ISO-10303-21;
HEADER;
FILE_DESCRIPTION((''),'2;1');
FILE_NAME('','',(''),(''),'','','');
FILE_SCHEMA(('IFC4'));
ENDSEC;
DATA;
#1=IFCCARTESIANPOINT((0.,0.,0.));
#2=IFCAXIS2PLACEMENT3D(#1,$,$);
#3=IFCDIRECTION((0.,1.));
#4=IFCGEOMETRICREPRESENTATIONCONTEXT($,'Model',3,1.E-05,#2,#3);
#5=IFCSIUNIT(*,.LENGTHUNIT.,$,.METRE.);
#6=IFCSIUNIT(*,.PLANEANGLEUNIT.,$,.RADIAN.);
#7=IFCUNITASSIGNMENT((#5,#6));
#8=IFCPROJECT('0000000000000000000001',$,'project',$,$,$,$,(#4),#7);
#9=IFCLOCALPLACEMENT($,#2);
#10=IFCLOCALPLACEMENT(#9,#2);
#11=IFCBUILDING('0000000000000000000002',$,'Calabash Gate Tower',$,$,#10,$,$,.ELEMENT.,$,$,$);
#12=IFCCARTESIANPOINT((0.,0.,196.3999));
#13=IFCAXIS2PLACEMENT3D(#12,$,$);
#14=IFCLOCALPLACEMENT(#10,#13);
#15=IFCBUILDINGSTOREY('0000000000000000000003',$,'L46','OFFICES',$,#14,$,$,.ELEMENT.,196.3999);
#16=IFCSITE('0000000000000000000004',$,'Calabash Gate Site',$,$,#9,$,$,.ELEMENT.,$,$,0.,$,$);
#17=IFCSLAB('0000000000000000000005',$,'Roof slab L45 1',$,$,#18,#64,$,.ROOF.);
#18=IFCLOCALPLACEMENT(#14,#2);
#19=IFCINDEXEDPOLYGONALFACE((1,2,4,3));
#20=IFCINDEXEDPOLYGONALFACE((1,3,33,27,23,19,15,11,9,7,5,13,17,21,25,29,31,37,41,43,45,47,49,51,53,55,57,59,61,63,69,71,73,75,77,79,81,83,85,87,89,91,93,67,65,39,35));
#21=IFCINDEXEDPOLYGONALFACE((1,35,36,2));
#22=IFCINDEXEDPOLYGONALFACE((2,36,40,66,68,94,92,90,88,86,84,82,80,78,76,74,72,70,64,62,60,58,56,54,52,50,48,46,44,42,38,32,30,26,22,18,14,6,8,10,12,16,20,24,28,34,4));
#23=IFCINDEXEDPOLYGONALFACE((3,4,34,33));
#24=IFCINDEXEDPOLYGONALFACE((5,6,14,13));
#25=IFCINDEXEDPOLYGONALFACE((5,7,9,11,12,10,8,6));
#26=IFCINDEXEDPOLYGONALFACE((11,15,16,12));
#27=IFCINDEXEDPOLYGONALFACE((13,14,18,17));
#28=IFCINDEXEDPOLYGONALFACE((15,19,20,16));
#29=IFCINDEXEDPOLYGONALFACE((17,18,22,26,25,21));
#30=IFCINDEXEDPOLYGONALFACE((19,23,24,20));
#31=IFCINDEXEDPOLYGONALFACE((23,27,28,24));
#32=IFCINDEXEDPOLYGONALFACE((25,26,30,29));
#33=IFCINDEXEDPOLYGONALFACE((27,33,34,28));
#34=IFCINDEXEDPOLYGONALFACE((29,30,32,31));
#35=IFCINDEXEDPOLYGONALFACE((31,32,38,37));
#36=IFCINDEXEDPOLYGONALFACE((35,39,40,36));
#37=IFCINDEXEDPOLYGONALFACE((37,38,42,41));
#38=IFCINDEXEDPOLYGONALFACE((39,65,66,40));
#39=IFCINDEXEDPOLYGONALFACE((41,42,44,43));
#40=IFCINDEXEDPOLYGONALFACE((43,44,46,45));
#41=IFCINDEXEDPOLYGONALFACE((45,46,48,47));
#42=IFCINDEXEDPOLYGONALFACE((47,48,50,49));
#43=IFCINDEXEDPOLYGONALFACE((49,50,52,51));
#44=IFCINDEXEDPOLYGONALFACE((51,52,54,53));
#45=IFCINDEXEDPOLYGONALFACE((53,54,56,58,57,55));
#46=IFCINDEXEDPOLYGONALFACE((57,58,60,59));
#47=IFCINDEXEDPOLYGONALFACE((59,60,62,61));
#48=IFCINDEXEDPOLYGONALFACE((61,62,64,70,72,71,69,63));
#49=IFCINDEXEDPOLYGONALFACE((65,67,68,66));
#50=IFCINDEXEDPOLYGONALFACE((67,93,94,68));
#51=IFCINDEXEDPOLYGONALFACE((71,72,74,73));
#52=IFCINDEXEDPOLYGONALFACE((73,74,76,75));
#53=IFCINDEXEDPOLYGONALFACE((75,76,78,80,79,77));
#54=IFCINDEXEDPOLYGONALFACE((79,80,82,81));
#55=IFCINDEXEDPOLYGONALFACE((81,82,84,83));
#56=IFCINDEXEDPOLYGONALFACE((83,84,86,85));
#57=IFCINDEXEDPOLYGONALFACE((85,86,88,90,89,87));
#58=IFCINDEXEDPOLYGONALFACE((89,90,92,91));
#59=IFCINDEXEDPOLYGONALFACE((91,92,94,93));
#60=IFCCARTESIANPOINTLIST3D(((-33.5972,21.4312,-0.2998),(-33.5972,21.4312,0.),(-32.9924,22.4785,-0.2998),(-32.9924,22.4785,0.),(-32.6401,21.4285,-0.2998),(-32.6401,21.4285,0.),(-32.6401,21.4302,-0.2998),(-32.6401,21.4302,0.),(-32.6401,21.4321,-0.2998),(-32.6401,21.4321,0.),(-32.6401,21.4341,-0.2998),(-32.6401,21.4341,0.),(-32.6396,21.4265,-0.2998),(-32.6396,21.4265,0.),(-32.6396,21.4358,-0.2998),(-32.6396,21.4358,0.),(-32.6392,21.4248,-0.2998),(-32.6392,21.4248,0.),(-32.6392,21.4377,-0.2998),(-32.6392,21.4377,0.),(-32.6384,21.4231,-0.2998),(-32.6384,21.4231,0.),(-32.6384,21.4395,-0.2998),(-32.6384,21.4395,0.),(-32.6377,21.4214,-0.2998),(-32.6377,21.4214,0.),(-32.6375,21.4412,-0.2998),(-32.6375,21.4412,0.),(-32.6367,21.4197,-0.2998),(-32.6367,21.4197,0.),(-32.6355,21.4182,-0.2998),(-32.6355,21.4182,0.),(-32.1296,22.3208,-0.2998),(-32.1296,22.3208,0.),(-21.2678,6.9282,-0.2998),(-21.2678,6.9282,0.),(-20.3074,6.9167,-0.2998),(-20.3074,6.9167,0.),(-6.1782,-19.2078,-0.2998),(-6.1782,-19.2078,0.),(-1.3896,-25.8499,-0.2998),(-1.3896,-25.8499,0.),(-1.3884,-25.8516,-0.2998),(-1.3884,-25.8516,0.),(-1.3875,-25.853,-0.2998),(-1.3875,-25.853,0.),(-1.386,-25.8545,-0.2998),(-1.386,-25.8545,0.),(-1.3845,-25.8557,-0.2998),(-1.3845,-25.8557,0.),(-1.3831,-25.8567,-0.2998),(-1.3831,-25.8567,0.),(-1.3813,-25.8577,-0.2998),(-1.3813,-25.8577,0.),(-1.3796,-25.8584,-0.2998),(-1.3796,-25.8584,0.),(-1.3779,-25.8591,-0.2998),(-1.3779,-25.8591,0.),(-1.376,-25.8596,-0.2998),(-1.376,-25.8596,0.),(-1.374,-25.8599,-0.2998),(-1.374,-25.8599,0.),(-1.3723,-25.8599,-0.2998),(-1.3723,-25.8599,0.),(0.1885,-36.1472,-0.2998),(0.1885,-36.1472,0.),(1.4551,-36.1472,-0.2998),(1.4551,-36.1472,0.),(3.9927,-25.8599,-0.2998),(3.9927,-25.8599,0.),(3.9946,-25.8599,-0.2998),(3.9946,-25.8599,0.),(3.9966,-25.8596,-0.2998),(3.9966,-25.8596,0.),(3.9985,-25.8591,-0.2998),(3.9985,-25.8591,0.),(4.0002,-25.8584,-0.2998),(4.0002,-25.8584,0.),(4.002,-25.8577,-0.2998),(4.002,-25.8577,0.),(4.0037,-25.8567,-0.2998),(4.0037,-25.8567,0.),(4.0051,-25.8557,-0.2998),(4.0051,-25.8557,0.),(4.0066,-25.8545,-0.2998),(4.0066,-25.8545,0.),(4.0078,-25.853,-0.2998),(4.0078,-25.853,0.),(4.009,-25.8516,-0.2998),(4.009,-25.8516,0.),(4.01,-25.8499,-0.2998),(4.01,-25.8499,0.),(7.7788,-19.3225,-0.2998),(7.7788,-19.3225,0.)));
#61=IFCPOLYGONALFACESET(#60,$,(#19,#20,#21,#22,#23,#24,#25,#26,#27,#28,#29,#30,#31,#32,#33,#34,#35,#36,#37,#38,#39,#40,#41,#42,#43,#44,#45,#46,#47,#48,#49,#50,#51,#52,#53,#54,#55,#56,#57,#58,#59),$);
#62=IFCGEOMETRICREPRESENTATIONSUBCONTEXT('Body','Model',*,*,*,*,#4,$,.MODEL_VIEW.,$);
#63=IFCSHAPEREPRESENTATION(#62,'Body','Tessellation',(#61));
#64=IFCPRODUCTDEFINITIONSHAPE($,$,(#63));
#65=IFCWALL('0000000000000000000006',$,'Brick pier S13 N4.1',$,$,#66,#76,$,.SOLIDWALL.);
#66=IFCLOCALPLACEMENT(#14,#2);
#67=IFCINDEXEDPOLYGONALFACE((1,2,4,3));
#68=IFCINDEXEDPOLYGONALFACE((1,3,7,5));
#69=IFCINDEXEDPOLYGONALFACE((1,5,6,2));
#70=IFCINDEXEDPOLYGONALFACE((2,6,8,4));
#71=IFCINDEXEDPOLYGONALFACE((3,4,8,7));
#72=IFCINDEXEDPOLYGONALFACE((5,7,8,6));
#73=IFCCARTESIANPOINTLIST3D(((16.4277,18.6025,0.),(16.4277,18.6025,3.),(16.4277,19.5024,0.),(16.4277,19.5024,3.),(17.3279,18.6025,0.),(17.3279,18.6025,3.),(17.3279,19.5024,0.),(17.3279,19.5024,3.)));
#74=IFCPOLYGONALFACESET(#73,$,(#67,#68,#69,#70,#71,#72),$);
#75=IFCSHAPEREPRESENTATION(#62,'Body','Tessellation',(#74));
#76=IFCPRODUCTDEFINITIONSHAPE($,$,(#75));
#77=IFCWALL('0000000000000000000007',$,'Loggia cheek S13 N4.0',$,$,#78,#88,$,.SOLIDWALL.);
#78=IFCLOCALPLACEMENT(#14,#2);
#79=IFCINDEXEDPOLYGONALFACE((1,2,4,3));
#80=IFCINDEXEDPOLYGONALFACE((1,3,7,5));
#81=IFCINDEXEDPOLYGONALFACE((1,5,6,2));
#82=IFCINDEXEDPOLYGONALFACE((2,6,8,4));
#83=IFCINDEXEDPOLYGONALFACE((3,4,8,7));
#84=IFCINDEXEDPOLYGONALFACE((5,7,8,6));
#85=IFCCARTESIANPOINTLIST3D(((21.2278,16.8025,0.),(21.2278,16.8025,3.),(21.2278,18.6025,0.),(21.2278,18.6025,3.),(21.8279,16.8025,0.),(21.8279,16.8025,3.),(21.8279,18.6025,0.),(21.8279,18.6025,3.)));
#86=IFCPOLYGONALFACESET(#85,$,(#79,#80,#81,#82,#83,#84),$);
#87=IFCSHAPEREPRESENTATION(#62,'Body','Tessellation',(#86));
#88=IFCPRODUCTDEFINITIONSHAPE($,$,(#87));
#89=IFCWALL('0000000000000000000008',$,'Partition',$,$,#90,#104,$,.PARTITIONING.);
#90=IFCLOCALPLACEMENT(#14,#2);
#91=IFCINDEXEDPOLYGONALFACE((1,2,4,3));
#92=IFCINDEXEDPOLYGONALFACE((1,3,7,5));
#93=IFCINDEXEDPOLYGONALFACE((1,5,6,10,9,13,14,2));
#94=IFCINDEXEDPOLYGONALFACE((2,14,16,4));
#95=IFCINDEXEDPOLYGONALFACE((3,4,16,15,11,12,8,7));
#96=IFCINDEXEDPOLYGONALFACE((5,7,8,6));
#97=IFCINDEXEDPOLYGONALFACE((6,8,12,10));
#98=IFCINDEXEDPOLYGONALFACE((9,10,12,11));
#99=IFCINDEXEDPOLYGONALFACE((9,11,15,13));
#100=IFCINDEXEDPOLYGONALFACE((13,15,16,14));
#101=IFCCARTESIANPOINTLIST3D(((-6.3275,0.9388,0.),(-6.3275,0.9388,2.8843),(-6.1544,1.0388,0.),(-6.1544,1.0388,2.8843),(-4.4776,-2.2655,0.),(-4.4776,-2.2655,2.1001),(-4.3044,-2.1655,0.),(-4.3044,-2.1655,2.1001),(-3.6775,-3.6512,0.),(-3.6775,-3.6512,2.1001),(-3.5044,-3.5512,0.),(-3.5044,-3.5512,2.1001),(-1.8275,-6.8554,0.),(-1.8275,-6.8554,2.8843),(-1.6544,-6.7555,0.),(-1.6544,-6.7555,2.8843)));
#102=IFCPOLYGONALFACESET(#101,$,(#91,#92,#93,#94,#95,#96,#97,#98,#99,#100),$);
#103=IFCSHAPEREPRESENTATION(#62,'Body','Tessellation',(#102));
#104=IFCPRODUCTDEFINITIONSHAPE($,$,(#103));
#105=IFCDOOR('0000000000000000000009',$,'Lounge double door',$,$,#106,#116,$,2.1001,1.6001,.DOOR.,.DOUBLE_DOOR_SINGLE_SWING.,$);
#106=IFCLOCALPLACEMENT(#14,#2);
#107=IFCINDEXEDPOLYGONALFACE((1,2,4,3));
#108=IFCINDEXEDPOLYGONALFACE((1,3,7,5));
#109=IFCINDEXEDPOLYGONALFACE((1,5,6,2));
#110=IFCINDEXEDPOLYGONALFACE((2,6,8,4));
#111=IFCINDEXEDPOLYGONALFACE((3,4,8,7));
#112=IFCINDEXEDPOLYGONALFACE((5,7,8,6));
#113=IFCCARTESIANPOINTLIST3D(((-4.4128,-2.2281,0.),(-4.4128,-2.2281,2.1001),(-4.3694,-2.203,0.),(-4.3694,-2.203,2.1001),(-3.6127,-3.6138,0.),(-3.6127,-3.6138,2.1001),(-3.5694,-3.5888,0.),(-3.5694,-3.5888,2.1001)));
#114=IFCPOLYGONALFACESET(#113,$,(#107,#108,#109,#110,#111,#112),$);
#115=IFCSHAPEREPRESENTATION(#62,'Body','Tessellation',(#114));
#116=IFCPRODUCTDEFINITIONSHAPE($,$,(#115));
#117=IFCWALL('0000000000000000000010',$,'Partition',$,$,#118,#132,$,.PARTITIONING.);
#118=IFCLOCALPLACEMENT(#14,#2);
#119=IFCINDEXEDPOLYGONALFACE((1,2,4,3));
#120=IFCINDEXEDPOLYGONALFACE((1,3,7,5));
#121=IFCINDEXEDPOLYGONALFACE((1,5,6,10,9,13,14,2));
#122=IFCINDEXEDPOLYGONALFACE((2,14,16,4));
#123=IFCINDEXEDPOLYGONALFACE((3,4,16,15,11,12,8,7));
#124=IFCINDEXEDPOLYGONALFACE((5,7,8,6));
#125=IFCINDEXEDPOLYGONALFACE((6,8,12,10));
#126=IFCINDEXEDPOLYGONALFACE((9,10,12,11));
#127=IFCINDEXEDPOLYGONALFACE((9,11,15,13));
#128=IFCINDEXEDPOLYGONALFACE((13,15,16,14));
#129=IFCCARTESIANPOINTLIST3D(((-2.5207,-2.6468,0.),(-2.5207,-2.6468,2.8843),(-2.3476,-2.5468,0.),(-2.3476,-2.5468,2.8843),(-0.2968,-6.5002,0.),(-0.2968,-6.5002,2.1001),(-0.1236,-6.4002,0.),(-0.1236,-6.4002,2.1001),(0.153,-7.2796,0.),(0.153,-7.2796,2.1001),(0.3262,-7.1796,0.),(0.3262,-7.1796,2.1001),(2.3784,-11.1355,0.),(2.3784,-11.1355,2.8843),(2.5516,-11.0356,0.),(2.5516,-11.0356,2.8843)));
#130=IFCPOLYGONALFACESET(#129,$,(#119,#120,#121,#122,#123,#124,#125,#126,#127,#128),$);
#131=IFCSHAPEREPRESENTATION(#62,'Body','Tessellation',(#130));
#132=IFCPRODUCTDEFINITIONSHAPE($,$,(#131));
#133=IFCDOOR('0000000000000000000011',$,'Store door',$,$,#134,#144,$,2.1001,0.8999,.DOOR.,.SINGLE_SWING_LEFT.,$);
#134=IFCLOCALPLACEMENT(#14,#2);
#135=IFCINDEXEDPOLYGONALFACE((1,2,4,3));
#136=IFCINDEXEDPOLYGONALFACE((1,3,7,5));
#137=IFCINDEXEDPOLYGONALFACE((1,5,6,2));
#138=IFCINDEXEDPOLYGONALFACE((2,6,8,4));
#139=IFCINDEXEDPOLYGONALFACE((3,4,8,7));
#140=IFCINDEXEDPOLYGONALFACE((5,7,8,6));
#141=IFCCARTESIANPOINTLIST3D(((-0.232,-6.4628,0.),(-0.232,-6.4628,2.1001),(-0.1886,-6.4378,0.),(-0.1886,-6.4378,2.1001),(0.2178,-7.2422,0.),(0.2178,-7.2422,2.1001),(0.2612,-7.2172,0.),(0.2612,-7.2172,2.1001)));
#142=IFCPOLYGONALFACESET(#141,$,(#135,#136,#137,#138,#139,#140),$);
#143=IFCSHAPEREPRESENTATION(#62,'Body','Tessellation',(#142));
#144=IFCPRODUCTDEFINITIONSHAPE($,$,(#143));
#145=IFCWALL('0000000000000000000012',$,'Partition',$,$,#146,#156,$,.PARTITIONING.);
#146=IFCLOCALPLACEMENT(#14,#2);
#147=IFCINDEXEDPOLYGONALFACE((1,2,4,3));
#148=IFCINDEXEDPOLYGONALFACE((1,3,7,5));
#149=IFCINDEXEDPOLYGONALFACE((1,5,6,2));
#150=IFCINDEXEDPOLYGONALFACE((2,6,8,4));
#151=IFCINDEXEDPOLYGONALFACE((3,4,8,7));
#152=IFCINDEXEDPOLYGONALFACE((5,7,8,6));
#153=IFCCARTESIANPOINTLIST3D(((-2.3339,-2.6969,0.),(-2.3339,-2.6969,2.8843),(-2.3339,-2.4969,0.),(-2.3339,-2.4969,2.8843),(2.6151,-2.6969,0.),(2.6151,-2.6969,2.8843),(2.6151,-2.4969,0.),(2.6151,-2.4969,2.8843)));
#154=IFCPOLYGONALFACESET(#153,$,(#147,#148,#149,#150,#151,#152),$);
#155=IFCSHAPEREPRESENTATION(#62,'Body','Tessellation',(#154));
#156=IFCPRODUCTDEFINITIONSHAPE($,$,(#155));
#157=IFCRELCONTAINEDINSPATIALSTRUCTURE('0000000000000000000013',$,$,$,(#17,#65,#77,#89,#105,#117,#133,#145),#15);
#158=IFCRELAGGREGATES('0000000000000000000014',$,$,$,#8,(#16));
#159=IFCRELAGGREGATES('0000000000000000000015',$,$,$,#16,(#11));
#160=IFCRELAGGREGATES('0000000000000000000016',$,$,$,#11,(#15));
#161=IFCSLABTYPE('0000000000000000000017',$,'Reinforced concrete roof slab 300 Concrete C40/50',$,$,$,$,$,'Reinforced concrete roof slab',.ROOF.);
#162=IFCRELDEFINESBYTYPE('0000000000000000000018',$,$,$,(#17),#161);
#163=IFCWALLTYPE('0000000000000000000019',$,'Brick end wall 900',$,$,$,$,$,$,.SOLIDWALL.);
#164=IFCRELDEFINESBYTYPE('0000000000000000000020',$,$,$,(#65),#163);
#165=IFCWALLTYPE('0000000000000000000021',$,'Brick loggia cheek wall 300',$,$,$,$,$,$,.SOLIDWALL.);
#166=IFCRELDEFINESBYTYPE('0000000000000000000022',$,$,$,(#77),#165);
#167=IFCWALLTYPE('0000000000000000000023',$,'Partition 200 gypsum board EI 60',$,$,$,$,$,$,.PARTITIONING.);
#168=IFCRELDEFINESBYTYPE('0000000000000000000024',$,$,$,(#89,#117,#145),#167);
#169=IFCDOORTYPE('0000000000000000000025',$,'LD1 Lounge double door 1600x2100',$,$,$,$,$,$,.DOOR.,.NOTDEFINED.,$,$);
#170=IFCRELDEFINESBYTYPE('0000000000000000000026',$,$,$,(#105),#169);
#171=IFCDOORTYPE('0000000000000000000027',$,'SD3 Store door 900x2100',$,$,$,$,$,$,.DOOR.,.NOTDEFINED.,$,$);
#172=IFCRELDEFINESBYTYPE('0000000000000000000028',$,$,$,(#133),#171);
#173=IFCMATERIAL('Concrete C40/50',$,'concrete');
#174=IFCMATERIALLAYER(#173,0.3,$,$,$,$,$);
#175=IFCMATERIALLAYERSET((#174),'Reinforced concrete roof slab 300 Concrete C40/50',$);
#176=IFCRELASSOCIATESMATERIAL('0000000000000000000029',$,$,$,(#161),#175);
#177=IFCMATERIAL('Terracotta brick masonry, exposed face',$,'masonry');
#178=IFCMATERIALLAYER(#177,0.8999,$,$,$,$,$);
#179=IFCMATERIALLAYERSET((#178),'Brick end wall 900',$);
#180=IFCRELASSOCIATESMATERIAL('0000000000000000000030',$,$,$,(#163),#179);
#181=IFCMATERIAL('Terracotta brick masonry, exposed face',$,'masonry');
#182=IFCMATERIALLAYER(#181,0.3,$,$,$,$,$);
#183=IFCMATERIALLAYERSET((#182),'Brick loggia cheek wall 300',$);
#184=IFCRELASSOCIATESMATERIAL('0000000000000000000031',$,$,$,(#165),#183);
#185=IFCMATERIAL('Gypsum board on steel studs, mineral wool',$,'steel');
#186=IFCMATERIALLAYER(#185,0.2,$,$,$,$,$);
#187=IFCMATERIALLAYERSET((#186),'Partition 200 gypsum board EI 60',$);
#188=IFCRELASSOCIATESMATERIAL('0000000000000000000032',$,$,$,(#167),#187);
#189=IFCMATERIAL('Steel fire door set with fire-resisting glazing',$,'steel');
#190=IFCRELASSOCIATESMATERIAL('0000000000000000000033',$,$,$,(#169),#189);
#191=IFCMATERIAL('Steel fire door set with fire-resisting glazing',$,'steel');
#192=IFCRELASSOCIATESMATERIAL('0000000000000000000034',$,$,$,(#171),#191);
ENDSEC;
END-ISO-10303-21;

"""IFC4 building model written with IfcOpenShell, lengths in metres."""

from ifc_helpers import new_model, si_unit, direction, frame, frame_2d, origin, place, context, subcontext, project, spatial, polyline, rectangle, outline, extrude, material, layer, layer_set, type_object, element, fill, save


model = new_model("IFC4")

# Units and contexts
model_context = context("Model", 3, precision=1e-05, world=origin(), true_north=direction((0.0, 1.0)))
body_context = subcontext(model_context, "Body", "Model", "MODEL_VIEW")
ifc_project = project(units=[si_unit("LENGTHUNIT", "METRE"), si_unit("PLANEANGLEUNIT", "RADIAN")], contexts=[model_context])

# Site, building, storey
site_placement = place(None, origin())
site = spatial("IfcSite", under=ifc_project, at=site_placement, Name="Calabash Gate Site", CompositionType="ELEMENT", RefElevation=0.0)
building_placement = place(site_placement, origin())
building = spatial("IfcBuilding", under=site, at=building_placement, Name="Calabash Gate Tower", CompositionType="ELEMENT")
storey_placement = place(building_placement, frame((0.0, 0.0, 196.3999)))
storey = spatial("IfcBuildingStorey", under=building, at=storey_placement, Name="L46", Description="OFFICES", CompositionType="ELEMENT", Elevation=196.3999)

# Slab
ifc_material_1 = material(Name="Concrete C40/50", Category="concrete")
ifc_layer_1 = layer(ifc_material_1, 0.3)
ifc_layer_set_1 = layer_set([ifc_layer_1], Name="Reinforced concrete roof slab 300 Concrete C40/50")
slab_type_1 = type_object("IfcSlabType", Name="Reinforced concrete roof slab 300 Concrete C40/50", ElementType="Reinforced concrete roof slab", PredefinedType="ROOF", material=ifc_layer_set_1)
slab_1_placement = place(storey_placement, frame((0.0, 0.0, -0.2998)))
element("IfcSlab", 1, at=slab_1_placement, inside=storey, type_object=slab_type_1, Name="Roof slab L45 1", PredefinedType="ROOF", context=body_context, shape_type="SweptSolid", body=[
    extrude(outline(polyline([(1.4551, -36.1472), (0.1885, -36.1472), (-6.1782, -19.2078), (-21.2678, 6.9282), (-33.5972, 21.4312), (-32.9924, 22.4785), (-32.1296, 22.3208), (-32.6375, 21.4412), (-32.6384, 21.4395), (-32.6392, 21.4377), (-32.6396, 21.4358), (-32.6401, 21.4341), (-32.6401, 21.4321), (-32.6401, 21.4302), (-32.6401, 21.4285), (-32.6396, 21.4265), (-32.6392, 21.4248), (-32.6384, 21.4231), (-32.6377, 21.4214), (-32.6367, 21.4197), (-32.6355, 21.4182), (-20.3074, 6.9167), (-1.3896, -25.8499), (-1.3884, -25.8516), (-1.3875, -25.853), (-1.386, -25.8545), (-1.3845, -25.8557), (-1.3831, -25.8567), (-1.3813, -25.8577), (-1.3796, -25.8584), (-1.3779, -25.8591), (-1.376, -25.8596), (-1.374, -25.8599), (-1.3723, -25.8599), (3.9927, -25.8599), (3.9946, -25.8599), (3.9966, -25.8596), (3.9985, -25.8591), (4.0002, -25.8584), (4.002, -25.8577), (4.0037, -25.8567), (4.0051, -25.8557), (4.0066, -25.8545), (4.0078, -25.853), (4.009, -25.8516), (4.01, -25.8499), (7.7788, -19.3225), (1.4551, -36.1472)])), origin(), (0.0, 0.0, 1.0), 0.2998),
])

# Walls
ifc_material_2 = material(Name="Terracotta brick masonry, exposed face", Category="masonry")
ifc_layer_2 = layer(ifc_material_2, 0.8999)
ifc_layer_set_2 = layer_set([ifc_layer_2], Name="Brick end wall 900")
wall_type_1 = type_object("IfcWallType", Name="Brick end wall 900", PredefinedType="SOLIDWALL", material=ifc_layer_set_2)
wall_1_placement = place(storey_placement, origin())
element("IfcWall", 2, at=wall_1_placement, inside=storey, type_object=wall_type_1, Name="Brick pier S13 N4.1", PredefinedType="SOLIDWALL", context=body_context, shape_type="SweptSolid", body=[
    extrude(outline(polyline([(17.3279, 19.5024), (16.4277, 19.5024), (16.4277, 18.6025), (17.3279, 18.6025), (17.3279, 19.5024)])), origin(), (0.0, 0.0, 1.0), 3.0),
])
ifc_material_3 = material(Name="Terracotta brick masonry, exposed face", Category="masonry")
ifc_layer_3 = layer(ifc_material_3, 0.3)
ifc_layer_set_3 = layer_set([ifc_layer_3], Name="Brick loggia cheek wall 300")
wall_type_2 = type_object("IfcWallType", Name="Brick loggia cheek wall 300", PredefinedType="SOLIDWALL", material=ifc_layer_set_3)
wall_2_placement = place(storey_placement, origin())
element("IfcWall", 3, at=wall_2_placement, inside=storey, type_object=wall_type_2, Name="Loggia cheek S13 N4.0", PredefinedType="SOLIDWALL", context=body_context, shape_type="SweptSolid", body=[
    extrude(outline(polyline([(21.8279, 16.8025), (21.8279, 18.6025), (21.2278, 18.6025), (21.2278, 16.8025), (21.8279, 16.8025)])), origin(), (0.0, 0.0, 1.0), 3.0),
])

# Walls, openings, doors
ifc_material_4 = material(Name="Gypsum board on steel studs, mineral wool", Category="steel")
ifc_layer_4 = layer(ifc_material_4, 0.2)
ifc_layer_set_4 = layer_set([ifc_layer_4], Name="Partition 200 gypsum board EI 60")
wall_type_3 = type_object("IfcWallType", Name="Partition 200 gypsum board EI 60", PredefinedType="PARTITIONING", material=ifc_layer_set_4)
wall_3_placement = place(storey_placement, frame((-6.241, 0.9888, 0.0), z_axis=(0.0, 0.0, 1.0), x_axis=(0.500002, -0.866024, 0.0)))
wall_3 = element("IfcWall", 4, at=wall_3_placement, inside=storey, type_object=wall_type_3, Name="Partition", PredefinedType="PARTITIONING", context=body_context, shape_type="SweptSolid", body=[
    extrude(rectangle(XDim=9.0, YDim=0.2, at=frame_2d((4.5, 0.0))), origin(), (0.0, 0.0, 1.0), 2.8843),
])
opening_1_placement = place(wall_3_placement, frame((3.7, 0.0, 0.0)))
opening_1 = element("IfcOpeningElement", 5, at=opening_1_placement, cuts=wall_3, PredefinedType="OPENING", context=body_context, shape_type="SweptSolid", body=[
    extrude(rectangle(XDim=1.6001, YDim=2.1001, at=frame_2d((0.8, 1.05))), frame((0.0, 0.1099, 0.0), z_axis=(0.0, -1.0, 0.0), x_axis=(1.0, 0.0, 0.0)), (0.0, 0.0, 1.0), 0.22),
])
ifc_material_5 = material(Name="Steel fire door set with fire-resisting glazing", Category="steel")
door_type_1 = type_object("IfcDoorType", Name="LD1 Lounge double door 1600x2100", OperationType="NOTDEFINED", PredefinedType="DOOR", material=ifc_material_5)
door_1_placement = place(opening_1_placement, origin())
door_1 = element("IfcDoor", 6, at=door_1_placement, inside=storey, type_object=door_type_1, Name="Lounge double door", OperationType="DOUBLE_DOOR_SINGLE_SWING", OverallHeight=2.1001, OverallWidth=1.6001, PredefinedType="DOOR", context=body_context, shape_type="SweptSolid", body=[
    extrude(rectangle(XDim=1.6001, YDim=2.1001, at=frame_2d((0.8, 1.05))), frame((0.0, 0.0249, 0.0), z_axis=(0.0, -1.0, 0.0), x_axis=(1.0, 0.0, 0.0)), (0.0, 0.0, 1.0), 0.05),
])
fill(opening_1, door_1)
wall_4_placement = place(storey_placement, frame((-2.4341, -2.5969, 0.0), z_axis=(0.0, 0.0, 1.0), x_axis=(0.49986, -0.866106, 0.0)))
wall_4 = element("IfcWall", 7, at=wall_4_placement, inside=storey, type_object=wall_type_3, Name="Partition", PredefinedType="PARTITIONING", context=body_context, shape_type="SweptSolid", body=[
    extrude(rectangle(XDim=9.801, YDim=0.2, at=frame_2d((4.9004, 0.0))), origin(), (0.0, 0.0, 1.0), 2.8843),
])
opening_2_placement = place(wall_4_placement, frame((4.449, 0.0, 0.0)))
opening_2 = element("IfcOpeningElement", 8, at=opening_2_placement, cuts=wall_4, PredefinedType="OPENING", context=body_context, shape_type="SweptSolid", body=[
    extrude(rectangle(XDim=0.8999, YDim=2.1001, at=frame_2d((0.45, 1.05))), frame((0.0, 0.1099, 0.0), z_axis=(0.0, -1.0, 0.0), x_axis=(1.0, 0.0, 0.0)), (0.0, 0.0, 1.0), 0.22),
])
ifc_material_6 = material(Name="Steel fire door set with fire-resisting glazing", Category="steel")
door_type_2 = type_object("IfcDoorType", Name="SD3 Store door 900x2100", OperationType="NOTDEFINED", PredefinedType="DOOR", material=ifc_material_6)
door_2_placement = place(opening_2_placement, origin())
door_2 = element("IfcDoor", 9, at=door_2_placement, inside=storey, type_object=door_type_2, Name="Store door", OperationType="SINGLE_SWING_LEFT", OverallHeight=2.1001, OverallWidth=0.8999, PredefinedType="DOOR", context=body_context, shape_type="SweptSolid", body=[
    extrude(rectangle(XDim=0.8999, YDim=2.1001, at=frame_2d((0.45, 1.05))), frame((0.0, 0.0249, 0.0), z_axis=(0.0, -1.0, 0.0), x_axis=(1.0, 0.0, 0.0)), (0.0, 0.0, 1.0), 0.05),
])
fill(opening_2, door_2)

# Wall
wall_5_placement = place(storey_placement, frame((-2.334, -2.5969, 0.0), z_axis=(0.0, 0.0, 1.0), x_axis=(1.0, 0.0, 0.0)))
element("IfcWall", 10, at=wall_5_placement, inside=storey, type_object=wall_type_3, Name="Partition", PredefinedType="PARTITIONING", context=body_context, shape_type="SweptSolid", body=[
    extrude(rectangle(XDim=4.949, YDim=0.2, at=frame_2d((2.4746, 0.0))), origin(), (0.0, 0.0, 1.0), 2.8843),
])

save(model, "model.ifc")
